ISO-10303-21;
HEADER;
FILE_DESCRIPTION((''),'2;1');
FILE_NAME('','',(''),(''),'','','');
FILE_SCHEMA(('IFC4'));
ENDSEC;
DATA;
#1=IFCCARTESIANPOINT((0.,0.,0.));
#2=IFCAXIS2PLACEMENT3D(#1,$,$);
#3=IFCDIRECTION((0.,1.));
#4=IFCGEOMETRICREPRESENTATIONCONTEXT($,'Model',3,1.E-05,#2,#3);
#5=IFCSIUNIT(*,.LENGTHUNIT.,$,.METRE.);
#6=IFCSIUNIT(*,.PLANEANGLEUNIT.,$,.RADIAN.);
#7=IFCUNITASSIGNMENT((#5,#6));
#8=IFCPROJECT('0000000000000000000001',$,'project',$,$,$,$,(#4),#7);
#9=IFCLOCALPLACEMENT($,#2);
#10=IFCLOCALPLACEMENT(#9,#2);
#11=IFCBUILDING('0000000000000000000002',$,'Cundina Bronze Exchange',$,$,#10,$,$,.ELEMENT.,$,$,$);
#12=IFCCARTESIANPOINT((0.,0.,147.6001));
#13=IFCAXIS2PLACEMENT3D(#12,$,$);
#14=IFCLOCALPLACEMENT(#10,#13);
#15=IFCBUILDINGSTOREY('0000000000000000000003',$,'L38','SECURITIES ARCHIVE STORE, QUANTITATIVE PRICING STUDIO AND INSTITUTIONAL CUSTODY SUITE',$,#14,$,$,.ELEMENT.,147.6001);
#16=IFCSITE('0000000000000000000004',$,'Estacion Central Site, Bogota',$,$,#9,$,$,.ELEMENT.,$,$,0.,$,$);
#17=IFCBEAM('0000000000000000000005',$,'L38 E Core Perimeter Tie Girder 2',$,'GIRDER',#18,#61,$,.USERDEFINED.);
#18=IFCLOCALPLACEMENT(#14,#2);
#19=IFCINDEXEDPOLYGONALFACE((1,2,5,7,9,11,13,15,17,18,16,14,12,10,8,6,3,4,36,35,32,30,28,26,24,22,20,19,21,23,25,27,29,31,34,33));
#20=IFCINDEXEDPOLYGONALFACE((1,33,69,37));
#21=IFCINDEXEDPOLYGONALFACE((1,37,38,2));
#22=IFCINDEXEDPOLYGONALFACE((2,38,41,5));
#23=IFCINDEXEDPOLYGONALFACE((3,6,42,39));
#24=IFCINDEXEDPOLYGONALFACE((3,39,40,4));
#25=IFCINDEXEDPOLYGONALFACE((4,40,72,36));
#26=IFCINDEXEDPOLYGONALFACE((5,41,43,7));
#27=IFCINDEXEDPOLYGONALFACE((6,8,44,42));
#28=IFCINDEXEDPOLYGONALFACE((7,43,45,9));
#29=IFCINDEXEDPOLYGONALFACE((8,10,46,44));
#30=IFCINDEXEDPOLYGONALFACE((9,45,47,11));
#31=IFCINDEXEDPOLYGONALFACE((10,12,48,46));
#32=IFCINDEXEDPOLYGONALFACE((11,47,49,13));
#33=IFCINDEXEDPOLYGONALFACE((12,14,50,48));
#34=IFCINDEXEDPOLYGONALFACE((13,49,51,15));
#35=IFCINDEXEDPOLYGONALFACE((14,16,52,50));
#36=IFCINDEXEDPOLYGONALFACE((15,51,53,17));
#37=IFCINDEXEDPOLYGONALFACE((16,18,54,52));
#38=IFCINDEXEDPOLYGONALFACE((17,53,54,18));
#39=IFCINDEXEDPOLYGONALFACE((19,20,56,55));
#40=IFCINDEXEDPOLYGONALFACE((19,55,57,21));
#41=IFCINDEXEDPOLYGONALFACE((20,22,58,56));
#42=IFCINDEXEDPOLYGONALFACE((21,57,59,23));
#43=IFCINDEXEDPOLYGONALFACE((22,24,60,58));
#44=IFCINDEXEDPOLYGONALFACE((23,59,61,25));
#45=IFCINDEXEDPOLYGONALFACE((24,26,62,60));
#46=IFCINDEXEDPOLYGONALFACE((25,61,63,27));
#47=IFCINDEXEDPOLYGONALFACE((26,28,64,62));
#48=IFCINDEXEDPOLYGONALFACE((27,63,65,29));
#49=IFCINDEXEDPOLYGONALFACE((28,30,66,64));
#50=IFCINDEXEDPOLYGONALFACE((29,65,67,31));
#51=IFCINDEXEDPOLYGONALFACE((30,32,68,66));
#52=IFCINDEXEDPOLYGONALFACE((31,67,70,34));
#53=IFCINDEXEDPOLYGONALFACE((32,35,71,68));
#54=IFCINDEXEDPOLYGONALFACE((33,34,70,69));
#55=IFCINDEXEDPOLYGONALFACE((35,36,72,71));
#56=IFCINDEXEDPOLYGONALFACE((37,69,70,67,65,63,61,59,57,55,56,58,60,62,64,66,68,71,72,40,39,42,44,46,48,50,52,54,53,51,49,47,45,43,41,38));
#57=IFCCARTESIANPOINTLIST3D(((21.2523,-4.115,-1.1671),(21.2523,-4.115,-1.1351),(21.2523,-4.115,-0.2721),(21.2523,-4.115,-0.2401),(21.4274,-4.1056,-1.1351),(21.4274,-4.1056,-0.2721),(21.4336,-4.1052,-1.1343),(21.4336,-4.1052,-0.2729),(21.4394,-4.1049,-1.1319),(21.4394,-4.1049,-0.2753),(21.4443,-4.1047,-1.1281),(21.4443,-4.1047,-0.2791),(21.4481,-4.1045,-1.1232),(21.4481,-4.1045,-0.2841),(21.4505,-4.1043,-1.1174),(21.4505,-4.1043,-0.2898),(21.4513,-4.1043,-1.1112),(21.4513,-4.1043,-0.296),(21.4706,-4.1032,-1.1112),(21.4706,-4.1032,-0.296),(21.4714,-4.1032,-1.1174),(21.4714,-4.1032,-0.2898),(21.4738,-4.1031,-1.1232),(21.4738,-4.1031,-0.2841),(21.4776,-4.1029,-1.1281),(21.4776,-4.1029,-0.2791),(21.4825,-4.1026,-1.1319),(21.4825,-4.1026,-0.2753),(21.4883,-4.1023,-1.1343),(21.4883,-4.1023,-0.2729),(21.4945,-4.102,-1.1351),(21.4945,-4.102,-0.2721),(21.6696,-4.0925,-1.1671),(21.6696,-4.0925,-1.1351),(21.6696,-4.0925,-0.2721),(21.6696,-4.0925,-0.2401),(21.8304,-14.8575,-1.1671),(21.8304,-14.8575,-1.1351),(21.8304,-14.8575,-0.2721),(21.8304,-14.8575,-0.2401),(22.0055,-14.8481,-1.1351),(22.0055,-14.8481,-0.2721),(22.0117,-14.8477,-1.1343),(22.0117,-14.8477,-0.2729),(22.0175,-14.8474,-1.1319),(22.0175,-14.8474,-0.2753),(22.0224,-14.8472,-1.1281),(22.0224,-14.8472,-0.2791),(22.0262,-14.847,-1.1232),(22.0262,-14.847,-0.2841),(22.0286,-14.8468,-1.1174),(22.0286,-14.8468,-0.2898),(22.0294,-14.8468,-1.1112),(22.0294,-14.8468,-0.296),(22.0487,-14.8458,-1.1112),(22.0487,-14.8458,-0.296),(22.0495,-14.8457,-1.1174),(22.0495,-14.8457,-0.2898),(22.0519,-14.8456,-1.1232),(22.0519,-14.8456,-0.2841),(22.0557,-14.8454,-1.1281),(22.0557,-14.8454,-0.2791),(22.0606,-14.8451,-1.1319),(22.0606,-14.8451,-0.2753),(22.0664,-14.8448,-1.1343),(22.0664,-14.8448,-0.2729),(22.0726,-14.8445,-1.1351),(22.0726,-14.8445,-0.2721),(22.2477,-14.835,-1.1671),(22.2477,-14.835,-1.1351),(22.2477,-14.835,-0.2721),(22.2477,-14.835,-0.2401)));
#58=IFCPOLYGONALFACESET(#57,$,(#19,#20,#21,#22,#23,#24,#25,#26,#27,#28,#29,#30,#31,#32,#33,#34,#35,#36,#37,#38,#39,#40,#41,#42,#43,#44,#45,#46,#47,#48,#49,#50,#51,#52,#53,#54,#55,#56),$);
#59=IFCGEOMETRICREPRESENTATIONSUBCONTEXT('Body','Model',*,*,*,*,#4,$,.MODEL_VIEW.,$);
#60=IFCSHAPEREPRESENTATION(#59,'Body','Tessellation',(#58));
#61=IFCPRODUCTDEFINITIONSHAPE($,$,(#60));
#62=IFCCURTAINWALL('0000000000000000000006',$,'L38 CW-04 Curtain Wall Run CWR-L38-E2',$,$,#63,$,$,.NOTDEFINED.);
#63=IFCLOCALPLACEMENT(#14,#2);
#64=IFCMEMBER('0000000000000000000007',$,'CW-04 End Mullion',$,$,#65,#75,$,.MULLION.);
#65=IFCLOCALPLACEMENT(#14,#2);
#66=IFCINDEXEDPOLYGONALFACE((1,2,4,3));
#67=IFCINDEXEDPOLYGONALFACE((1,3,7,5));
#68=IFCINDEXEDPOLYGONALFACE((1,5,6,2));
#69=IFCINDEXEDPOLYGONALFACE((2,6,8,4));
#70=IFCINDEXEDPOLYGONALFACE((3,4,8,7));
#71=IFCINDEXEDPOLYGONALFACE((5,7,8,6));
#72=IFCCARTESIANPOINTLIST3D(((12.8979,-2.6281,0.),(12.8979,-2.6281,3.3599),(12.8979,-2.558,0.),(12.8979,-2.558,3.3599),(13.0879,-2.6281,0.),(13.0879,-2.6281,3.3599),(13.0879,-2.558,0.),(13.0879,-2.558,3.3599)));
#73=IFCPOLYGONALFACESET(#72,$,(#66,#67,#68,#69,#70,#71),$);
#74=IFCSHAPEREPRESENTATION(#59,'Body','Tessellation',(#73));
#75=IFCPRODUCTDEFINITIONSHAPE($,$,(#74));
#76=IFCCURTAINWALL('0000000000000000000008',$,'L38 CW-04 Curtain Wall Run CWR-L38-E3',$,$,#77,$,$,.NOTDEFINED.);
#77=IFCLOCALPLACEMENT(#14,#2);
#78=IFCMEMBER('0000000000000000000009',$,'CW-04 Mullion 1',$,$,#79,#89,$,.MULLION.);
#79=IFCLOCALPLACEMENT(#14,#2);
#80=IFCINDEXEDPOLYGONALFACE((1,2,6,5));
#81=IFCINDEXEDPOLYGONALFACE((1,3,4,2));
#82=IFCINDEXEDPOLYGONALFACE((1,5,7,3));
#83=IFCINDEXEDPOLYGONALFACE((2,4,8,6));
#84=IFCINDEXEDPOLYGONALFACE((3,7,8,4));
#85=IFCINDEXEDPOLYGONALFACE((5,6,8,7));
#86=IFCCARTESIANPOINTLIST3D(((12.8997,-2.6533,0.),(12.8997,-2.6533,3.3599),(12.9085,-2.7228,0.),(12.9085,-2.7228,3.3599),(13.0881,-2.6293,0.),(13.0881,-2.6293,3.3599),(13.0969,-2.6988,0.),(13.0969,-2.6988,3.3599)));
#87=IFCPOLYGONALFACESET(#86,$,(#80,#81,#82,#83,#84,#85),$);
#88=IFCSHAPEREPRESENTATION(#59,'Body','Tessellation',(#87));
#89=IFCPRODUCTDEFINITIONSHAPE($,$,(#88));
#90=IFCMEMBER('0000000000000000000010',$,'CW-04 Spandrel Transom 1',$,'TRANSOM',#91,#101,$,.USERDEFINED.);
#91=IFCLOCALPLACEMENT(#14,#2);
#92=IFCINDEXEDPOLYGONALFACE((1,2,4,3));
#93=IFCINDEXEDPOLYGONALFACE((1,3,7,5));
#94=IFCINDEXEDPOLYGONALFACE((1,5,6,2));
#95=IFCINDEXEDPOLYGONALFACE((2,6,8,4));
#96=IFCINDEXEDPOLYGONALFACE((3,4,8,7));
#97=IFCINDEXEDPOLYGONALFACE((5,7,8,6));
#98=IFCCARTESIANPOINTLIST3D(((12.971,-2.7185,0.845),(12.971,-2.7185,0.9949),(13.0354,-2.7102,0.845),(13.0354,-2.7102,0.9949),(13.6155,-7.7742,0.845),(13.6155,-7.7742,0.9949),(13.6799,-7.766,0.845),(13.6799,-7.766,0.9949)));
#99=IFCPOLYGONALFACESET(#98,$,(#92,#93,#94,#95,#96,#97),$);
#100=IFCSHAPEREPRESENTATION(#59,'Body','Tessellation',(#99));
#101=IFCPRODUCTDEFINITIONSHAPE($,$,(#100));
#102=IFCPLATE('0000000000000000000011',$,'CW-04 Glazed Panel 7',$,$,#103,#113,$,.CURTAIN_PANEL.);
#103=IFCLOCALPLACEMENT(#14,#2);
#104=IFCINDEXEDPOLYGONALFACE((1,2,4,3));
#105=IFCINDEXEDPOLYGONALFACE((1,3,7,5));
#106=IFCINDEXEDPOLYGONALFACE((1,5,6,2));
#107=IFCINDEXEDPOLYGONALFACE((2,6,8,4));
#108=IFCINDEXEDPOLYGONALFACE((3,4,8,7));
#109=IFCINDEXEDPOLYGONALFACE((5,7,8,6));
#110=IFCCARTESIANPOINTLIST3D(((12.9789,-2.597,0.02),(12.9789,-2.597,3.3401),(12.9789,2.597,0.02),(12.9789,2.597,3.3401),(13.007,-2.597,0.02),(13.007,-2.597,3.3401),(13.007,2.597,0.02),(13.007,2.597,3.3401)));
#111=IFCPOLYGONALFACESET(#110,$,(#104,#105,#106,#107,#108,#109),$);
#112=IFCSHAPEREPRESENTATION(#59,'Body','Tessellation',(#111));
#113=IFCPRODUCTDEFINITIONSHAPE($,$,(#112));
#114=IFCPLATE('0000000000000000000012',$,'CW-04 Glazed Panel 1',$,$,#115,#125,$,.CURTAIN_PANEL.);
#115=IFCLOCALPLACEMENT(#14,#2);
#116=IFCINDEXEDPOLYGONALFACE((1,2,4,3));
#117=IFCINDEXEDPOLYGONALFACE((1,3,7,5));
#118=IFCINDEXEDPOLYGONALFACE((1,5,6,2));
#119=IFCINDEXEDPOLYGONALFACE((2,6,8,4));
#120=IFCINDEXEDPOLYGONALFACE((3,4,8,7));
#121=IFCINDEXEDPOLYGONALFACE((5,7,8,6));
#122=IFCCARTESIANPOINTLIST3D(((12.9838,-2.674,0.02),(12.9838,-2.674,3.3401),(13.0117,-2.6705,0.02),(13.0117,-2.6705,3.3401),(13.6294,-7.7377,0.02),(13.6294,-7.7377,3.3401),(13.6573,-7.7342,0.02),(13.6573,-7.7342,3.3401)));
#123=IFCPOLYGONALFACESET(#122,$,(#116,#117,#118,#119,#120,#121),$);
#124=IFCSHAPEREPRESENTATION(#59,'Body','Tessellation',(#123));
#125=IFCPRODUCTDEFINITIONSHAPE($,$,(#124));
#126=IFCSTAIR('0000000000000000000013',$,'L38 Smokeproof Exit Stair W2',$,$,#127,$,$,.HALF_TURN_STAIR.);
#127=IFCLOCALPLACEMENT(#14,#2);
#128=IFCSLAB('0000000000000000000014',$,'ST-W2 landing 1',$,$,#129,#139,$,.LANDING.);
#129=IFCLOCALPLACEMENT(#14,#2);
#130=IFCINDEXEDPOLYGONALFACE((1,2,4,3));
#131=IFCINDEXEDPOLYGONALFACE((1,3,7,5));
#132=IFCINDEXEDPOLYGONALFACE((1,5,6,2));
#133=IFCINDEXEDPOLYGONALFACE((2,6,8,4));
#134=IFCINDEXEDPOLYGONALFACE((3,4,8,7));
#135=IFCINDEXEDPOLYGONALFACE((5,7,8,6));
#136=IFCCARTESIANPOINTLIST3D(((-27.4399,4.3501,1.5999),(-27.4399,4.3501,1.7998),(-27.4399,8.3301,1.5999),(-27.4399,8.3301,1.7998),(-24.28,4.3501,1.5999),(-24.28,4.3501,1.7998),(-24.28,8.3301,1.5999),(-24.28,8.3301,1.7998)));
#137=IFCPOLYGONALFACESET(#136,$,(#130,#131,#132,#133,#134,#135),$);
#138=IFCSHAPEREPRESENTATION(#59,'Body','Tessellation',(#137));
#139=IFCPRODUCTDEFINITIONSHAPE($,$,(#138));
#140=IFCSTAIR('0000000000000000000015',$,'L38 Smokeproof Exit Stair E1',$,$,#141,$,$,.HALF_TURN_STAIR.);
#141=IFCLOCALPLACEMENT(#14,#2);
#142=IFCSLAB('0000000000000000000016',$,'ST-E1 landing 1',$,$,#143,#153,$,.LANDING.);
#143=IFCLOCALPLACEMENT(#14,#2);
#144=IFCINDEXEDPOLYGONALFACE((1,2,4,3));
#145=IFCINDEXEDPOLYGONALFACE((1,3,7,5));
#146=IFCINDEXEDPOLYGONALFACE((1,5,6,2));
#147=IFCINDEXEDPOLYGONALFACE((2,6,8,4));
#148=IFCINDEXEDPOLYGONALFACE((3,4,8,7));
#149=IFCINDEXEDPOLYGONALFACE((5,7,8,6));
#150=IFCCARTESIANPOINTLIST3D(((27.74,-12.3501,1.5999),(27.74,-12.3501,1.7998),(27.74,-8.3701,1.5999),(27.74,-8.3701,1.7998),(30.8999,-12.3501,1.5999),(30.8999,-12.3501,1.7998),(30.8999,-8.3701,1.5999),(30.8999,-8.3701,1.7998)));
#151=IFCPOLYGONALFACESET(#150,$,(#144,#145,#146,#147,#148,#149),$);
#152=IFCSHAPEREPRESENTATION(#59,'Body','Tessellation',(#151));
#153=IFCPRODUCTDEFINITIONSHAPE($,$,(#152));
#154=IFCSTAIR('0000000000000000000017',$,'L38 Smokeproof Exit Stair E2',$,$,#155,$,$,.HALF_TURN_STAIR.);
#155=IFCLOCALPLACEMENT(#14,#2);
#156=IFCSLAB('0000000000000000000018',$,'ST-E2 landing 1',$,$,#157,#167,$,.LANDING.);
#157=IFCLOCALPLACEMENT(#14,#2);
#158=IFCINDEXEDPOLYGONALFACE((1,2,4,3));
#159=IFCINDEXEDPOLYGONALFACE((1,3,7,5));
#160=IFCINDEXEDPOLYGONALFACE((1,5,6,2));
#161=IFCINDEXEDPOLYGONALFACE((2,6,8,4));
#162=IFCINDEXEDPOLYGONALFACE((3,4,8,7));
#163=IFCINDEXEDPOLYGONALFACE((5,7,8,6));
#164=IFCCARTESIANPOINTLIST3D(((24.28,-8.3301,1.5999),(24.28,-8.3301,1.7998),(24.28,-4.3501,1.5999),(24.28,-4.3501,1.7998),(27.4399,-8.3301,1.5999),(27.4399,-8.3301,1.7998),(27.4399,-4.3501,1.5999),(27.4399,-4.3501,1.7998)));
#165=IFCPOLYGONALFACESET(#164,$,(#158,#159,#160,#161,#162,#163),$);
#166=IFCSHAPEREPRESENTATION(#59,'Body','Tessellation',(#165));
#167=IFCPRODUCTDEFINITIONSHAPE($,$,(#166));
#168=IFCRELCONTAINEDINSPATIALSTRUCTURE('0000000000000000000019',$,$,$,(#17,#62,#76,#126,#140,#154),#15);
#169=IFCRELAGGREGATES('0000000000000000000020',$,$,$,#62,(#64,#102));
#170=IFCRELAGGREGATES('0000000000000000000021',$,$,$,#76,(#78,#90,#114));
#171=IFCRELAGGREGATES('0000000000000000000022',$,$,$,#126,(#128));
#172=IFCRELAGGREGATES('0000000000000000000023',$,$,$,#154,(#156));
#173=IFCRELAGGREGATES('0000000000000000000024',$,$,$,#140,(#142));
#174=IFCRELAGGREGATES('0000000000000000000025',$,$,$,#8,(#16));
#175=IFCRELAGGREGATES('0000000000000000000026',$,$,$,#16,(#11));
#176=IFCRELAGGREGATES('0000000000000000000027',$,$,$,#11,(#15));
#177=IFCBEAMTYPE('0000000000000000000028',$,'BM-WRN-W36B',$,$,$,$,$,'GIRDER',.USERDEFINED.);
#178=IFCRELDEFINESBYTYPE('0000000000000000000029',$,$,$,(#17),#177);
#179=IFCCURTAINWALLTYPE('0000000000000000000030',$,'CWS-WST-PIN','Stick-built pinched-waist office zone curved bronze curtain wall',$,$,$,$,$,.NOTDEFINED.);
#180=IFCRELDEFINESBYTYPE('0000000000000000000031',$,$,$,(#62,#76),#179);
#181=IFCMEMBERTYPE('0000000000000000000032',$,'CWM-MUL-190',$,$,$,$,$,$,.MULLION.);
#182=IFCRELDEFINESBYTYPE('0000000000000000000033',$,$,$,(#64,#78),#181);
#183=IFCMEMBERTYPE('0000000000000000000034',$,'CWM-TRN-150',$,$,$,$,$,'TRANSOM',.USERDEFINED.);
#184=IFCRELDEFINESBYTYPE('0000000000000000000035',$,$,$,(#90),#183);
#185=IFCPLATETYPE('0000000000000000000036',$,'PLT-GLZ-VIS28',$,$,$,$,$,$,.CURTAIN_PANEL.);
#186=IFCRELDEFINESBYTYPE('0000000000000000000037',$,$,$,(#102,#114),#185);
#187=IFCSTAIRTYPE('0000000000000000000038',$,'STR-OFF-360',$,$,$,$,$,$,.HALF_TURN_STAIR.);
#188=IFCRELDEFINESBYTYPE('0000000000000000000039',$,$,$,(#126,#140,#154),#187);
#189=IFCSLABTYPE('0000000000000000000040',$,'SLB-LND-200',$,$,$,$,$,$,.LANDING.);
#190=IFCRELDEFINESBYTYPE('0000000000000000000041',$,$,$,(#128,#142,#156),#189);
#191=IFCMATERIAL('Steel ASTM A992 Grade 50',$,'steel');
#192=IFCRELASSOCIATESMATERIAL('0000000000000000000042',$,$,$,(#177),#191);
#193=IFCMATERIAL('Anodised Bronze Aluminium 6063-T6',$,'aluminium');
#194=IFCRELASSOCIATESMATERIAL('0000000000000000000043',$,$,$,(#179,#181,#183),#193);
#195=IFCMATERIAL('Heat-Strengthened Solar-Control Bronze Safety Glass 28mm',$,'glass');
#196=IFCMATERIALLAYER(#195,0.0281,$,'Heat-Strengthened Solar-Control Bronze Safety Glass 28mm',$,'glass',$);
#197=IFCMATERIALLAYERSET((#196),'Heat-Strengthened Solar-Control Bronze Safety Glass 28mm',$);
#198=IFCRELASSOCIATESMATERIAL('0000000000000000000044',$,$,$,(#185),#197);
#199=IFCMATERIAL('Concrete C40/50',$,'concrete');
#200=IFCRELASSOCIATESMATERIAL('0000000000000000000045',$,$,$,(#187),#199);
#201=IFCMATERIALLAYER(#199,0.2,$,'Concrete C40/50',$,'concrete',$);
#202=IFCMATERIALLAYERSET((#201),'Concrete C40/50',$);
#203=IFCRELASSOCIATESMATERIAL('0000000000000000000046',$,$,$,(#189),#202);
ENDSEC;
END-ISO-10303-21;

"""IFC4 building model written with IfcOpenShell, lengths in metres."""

from ifc_helpers import new_model, si_unit, direction, frame, origin, origin_2d, place, context, subcontext, project, spatial, polyline, rectangle, i_section, outline, extrude, material, layer, layer_set, material_profile, profile_set, type_object, element, aggregate, save


model = new_model("IFC4")

# Units and contexts
model_context = context("Model", 3, precision=1e-05, world=origin(), true_north=direction((0.0, 1.0)))
body_context = subcontext(model_context, "Body", "Model", "MODEL_VIEW")
ifc_project = project(units=[si_unit("LENGTHUNIT", "METRE"), si_unit("PLANEANGLEUNIT", "RADIAN")], contexts=[model_context])

# Site, building, storey
site_placement = place(None, origin())
site = spatial("IfcSite", under=ifc_project, at=site_placement, Name="Estacion Central Site, Bogota", CompositionType="ELEMENT", RefElevation=0.0)
building_placement = place(site_placement, origin())
building = spatial("IfcBuilding", under=site, at=building_placement, Name="Cundina Bronze Exchange", CompositionType="ELEMENT")
storey_placement = place(building_placement, frame((0.0, 0.0, 147.6001)))
storey = spatial("IfcBuildingStorey", under=building, at=storey_placement, Name="L38", Description="SECURITIES ARCHIVE STORE, QUANTITATIVE PRICING STUDIO AND INSTITUTIONAL CUSTODY SUITE", CompositionType="ELEMENT", Elevation=147.6001)

# Shared definitions
ifc_material_1 = material(Name="Steel ASTM A992 Grade 50", Category="steel")

# Beam
ifc_material_profile_1 = material_profile(ifc_material_1, i_section(OverallWidth=0.418, OverallDepth=0.927, WebThickness=0.0193, FlangeThickness=0.032, FilletRadius=0.0239, at=origin_2d()), Name="W36X231", Category="steel")
ifc_profile_set_1 = profile_set([ifc_material_profile_1], Name="Steel ASTM A992 Grade 50")
beam_type_1 = type_object("IfcBeamType", Name="BM-WRN-W36B", ElementType="GIRDER", PredefinedType="USERDEFINED", material=ifc_profile_set_1)
beam_1_placement = place(storey_placement, frame((21.4609, -4.1038, -0.7036), z_axis=(0.053739, -0.998555, 0.0), x_axis=(0.998555, 0.053739, 0.0)))
element("IfcBeam", 1, at=beam_1_placement, inside=storey, type_object=beam_type_1, Name="L38 E Core Perimeter Tie Girder 2", ObjectType="GIRDER", PredefinedType="USERDEFINED", context=body_context, shape_type="SweptSolid", body=[
    extrude(i_section(OverallWidth=0.418, OverallDepth=0.927, WebThickness=0.0193, FlangeThickness=0.032, FilletRadius=0.0239, at=origin_2d()), origin(), (0.0, 0.0, 1.0), 10.7581),
])

# Curtain wall, member
ifc_material_2 = material(Name="Anodised Bronze Aluminium 6063-T6", Category="aluminium")
curtain_wall_type = type_object("IfcCurtainWallType", Name="CWS-WST-PIN", Description="Stick-built pinched-waist office zone curved bronze curtain wall", PredefinedType="NOTDEFINED", material=ifc_material_2)
curtain_wall_1_placement = place(storey_placement, origin())
curtain_wall_1 = element("IfcCurtainWall", 2, at=curtain_wall_1_placement, inside=storey, type_object=curtain_wall_type, Name="L38 CW-04 Curtain Wall Run CWR-L38-E2", PredefinedType="NOTDEFINED")
ifc_material_profile_2 = material_profile(ifc_material_2, rectangle(XDim=0.0701, YDim=0.1899, at=origin_2d()), Name="AL70X190", Category="aluminium")
ifc_profile_set_2 = profile_set([ifc_material_profile_2], Name="Anodised Bronze Aluminium 6063-T6")
member_type_1 = type_object("IfcMemberType", Name="CWM-MUL-190", PredefinedType="MULLION", material=ifc_profile_set_2)
member_1_placement = place(storey_placement, frame((12.9929, -2.593, 0.0), z_axis=(0.0, 0.0, 1.0), x_axis=(0.0, -1.0, 0.0)))
member_1 = element("IfcMember", 3, at=member_1_placement, type_object=member_type_1, Name="CW-04 End Mullion", PredefinedType="MULLION", context=body_context, shape_type="SweptSolid", body=[
    extrude(rectangle(XDim=0.0701, YDim=0.1899, at=origin_2d()), origin(), (0.0, 0.0, 1.0), 3.3599),
])

# Curtain wall, members
curtain_wall_2_placement = place(storey_placement, origin())
curtain_wall_2 = element("IfcCurtainWall", 4, at=curtain_wall_2_placement, inside=storey, type_object=curtain_wall_type, Name="L38 CW-04 Curtain Wall Run CWR-L38-E3", PredefinedType="NOTDEFINED")
member_2_placement = place(storey_placement, frame((12.9983, -2.676, 0.0), z_axis=(0.0, 0.0, 1.0), x_axis=(0.126545, -0.991961, 0.0)))
member_2 = element("IfcMember", 5, at=member_2_placement, type_object=member_type_1, Name="CW-04 Mullion 1", PredefinedType="MULLION", context=body_context, shape_type="SweptSolid", body=[
    extrude(rectangle(XDim=0.0701, YDim=0.1899, at=origin_2d()), origin(), (0.0, 0.0, 1.0), 3.3599),
])
ifc_material_profile_3 = material_profile(ifc_material_2, rectangle(XDim=0.0649, YDim=0.1499, at=origin_2d()), Name="AL65X150", Category="aluminium")
ifc_profile_set_3 = profile_set([ifc_material_profile_3], Name="Anodised Bronze Aluminium 6063-T6")
member_type_2 = type_object("IfcMemberType", Name="CWM-TRN-150", ElementType="TRANSOM", PredefinedType="USERDEFINED", material=ifc_profile_set_3)
member_3_placement = place(storey_placement, frame((13.0032, -2.7144, 0.9199), z_axis=(0.126463, -0.991971, 0.0), x_axis=(0.991971, 0.126463, 0.0)))
member_3 = element("IfcMember", 6, at=member_3_placement, type_object=member_type_2, Name="CW-04 Spandrel Transom 1", ObjectType="TRANSOM", PredefinedType="USERDEFINED", context=body_context, shape_type="SweptSolid", body=[
    extrude(rectangle(XDim=0.0649, YDim=0.1499, at=origin_2d()), origin(), (0.0, 0.0, 1.0), 5.0967),
])

# Plates
ifc_material_3 = material(Name="Heat-Strengthened Solar-Control Bronze Safety Glass 28mm", Category="glass")
ifc_layer_1 = layer(ifc_material_3, 0.0281, Name="Heat-Strengthened Solar-Control Bronze Safety Glass 28mm", Category="glass")
ifc_layer_set_1 = layer_set([ifc_layer_1], Name="Heat-Strengthened Solar-Control Bronze Safety Glass 28mm")
plate_type = type_object("IfcPlateType", Name="PLT-GLZ-VIS28", PredefinedType="CURTAIN_PANEL", material=ifc_layer_set_1)
plate_1_placement = place(storey_placement, frame((12.9929, 0.0, 0.02), z_axis=(0.0, 0.0, 1.0), x_axis=(0.0, -1.0, 0.0)))
plate_1 = element("IfcPlate", 7, at=plate_1_placement, type_object=plate_type, Name="CW-04 Glazed Panel 7", PredefinedType="CURTAIN_PANEL", context=body_context, shape_type="SweptSolid", body=[
    extrude(rectangle(XDim=5.1941, YDim=0.0281, at=origin_2d()), origin(), (0.0, 0.0, 1.0), 3.3201),
])
aggregate(curtain_wall_1, [member_1, plate_1])
plate_2_placement = place(storey_placement, frame((13.3206, -5.2041, 0.02), z_axis=(0.0, 0.0, 1.0), x_axis=(0.126476, -0.99197, 0.0)))
plate_2 = element("IfcPlate", 8, at=plate_2_placement, type_object=plate_type, Name="CW-04 Glazed Panel 1", PredefinedType="CURTAIN_PANEL", context=body_context, shape_type="SweptSolid", body=[
    extrude(rectangle(XDim=5.1047, YDim=0.0281, at=origin_2d()), origin(), (0.0, 0.0, 1.0), 3.3201),
])
aggregate(curtain_wall_2, [member_2, member_3, plate_2])

# Stairs, slabs
ifc_material_4 = material(Name="Concrete C40/50", Category="concrete")
stair_type = type_object("IfcStairType", Name="STR-OFF-360", PredefinedType="HALF_TURN_STAIR", material=ifc_material_4)
stair_1_placement = place(storey_placement, origin())
stair_1 = element("IfcStair", 9, at=stair_1_placement, inside=storey, type_object=stair_type, Name="L38 Smokeproof Exit Stair W2", PredefinedType="HALF_TURN_STAIR")
ifc_layer_2 = layer(ifc_material_4, 0.2, Name="Concrete C40/50", Category="concrete")
ifc_layer_set_2 = layer_set([ifc_layer_2], Name="Concrete C40/50")
slab_type = type_object("IfcSlabType", Name="SLB-LND-200", PredefinedType="LANDING", material=ifc_layer_set_2)
slab_1_placement = place(storey_placement, frame((0.0, 0.0, 1.5999)))
slab_1 = element("IfcSlab", 10, at=slab_1_placement, type_object=slab_type, Name="ST-W2 landing 1", PredefinedType="LANDING", context=body_context, shape_type="SweptSolid", body=[
    extrude(outline(polyline([(-27.4399, 8.3301), (-27.4399, 4.3501), (-24.28, 4.3501), (-24.28, 8.3301), (-27.4399, 8.3301)])), origin(), (0.0, 0.0, 1.0), 0.2),
])
aggregate(stair_1, [slab_1])
stair_2_placement = place(storey_placement, origin())
stair_2 = element("IfcStair", 11, at=stair_2_placement, inside=storey, type_object=stair_type, Name="L38 Smokeproof Exit Stair E1", PredefinedType="HALF_TURN_STAIR")
slab_2_placement = place(storey_placement, frame((0.0, 0.0, 1.5999)))
slab_2 = element("IfcSlab", 12, at=slab_2_placement, type_object=slab_type, Name="ST-E1 landing 1", PredefinedType="LANDING", context=body_context, shape_type="SweptSolid", body=[
    extrude(outline(polyline([(27.74, -8.3701), (27.74, -12.3501), (30.8999, -12.3501), (30.8999, -8.3701), (27.74, -8.3701)])), origin(), (0.0, 0.0, 1.0), 0.2),
])
stair_3_placement = place(storey_placement, origin())
stair_3 = element("IfcStair", 13, at=stair_3_placement, inside=storey, type_object=stair_type, Name="L38 Smokeproof Exit Stair E2", PredefinedType="HALF_TURN_STAIR")
slab_3_placement = place(storey_placement, frame((0.0, 0.0, 1.5999)))
slab_3 = element("IfcSlab", 14, at=slab_3_placement, type_object=slab_type, Name="ST-E2 landing 1", PredefinedType="LANDING", context=body_context, shape_type="SweptSolid", body=[
    extrude(outline(polyline([(27.4399, -8.3301), (27.4399, -4.3501), (24.28, -4.3501), (24.28, -8.3301), (27.4399, -8.3301)])), origin(), (0.0, 0.0, 1.0), 0.2),
])
aggregate(stair_3, [slab_3])

aggregate(stair_2, [slab_2])

save(model, "model.ifc")
